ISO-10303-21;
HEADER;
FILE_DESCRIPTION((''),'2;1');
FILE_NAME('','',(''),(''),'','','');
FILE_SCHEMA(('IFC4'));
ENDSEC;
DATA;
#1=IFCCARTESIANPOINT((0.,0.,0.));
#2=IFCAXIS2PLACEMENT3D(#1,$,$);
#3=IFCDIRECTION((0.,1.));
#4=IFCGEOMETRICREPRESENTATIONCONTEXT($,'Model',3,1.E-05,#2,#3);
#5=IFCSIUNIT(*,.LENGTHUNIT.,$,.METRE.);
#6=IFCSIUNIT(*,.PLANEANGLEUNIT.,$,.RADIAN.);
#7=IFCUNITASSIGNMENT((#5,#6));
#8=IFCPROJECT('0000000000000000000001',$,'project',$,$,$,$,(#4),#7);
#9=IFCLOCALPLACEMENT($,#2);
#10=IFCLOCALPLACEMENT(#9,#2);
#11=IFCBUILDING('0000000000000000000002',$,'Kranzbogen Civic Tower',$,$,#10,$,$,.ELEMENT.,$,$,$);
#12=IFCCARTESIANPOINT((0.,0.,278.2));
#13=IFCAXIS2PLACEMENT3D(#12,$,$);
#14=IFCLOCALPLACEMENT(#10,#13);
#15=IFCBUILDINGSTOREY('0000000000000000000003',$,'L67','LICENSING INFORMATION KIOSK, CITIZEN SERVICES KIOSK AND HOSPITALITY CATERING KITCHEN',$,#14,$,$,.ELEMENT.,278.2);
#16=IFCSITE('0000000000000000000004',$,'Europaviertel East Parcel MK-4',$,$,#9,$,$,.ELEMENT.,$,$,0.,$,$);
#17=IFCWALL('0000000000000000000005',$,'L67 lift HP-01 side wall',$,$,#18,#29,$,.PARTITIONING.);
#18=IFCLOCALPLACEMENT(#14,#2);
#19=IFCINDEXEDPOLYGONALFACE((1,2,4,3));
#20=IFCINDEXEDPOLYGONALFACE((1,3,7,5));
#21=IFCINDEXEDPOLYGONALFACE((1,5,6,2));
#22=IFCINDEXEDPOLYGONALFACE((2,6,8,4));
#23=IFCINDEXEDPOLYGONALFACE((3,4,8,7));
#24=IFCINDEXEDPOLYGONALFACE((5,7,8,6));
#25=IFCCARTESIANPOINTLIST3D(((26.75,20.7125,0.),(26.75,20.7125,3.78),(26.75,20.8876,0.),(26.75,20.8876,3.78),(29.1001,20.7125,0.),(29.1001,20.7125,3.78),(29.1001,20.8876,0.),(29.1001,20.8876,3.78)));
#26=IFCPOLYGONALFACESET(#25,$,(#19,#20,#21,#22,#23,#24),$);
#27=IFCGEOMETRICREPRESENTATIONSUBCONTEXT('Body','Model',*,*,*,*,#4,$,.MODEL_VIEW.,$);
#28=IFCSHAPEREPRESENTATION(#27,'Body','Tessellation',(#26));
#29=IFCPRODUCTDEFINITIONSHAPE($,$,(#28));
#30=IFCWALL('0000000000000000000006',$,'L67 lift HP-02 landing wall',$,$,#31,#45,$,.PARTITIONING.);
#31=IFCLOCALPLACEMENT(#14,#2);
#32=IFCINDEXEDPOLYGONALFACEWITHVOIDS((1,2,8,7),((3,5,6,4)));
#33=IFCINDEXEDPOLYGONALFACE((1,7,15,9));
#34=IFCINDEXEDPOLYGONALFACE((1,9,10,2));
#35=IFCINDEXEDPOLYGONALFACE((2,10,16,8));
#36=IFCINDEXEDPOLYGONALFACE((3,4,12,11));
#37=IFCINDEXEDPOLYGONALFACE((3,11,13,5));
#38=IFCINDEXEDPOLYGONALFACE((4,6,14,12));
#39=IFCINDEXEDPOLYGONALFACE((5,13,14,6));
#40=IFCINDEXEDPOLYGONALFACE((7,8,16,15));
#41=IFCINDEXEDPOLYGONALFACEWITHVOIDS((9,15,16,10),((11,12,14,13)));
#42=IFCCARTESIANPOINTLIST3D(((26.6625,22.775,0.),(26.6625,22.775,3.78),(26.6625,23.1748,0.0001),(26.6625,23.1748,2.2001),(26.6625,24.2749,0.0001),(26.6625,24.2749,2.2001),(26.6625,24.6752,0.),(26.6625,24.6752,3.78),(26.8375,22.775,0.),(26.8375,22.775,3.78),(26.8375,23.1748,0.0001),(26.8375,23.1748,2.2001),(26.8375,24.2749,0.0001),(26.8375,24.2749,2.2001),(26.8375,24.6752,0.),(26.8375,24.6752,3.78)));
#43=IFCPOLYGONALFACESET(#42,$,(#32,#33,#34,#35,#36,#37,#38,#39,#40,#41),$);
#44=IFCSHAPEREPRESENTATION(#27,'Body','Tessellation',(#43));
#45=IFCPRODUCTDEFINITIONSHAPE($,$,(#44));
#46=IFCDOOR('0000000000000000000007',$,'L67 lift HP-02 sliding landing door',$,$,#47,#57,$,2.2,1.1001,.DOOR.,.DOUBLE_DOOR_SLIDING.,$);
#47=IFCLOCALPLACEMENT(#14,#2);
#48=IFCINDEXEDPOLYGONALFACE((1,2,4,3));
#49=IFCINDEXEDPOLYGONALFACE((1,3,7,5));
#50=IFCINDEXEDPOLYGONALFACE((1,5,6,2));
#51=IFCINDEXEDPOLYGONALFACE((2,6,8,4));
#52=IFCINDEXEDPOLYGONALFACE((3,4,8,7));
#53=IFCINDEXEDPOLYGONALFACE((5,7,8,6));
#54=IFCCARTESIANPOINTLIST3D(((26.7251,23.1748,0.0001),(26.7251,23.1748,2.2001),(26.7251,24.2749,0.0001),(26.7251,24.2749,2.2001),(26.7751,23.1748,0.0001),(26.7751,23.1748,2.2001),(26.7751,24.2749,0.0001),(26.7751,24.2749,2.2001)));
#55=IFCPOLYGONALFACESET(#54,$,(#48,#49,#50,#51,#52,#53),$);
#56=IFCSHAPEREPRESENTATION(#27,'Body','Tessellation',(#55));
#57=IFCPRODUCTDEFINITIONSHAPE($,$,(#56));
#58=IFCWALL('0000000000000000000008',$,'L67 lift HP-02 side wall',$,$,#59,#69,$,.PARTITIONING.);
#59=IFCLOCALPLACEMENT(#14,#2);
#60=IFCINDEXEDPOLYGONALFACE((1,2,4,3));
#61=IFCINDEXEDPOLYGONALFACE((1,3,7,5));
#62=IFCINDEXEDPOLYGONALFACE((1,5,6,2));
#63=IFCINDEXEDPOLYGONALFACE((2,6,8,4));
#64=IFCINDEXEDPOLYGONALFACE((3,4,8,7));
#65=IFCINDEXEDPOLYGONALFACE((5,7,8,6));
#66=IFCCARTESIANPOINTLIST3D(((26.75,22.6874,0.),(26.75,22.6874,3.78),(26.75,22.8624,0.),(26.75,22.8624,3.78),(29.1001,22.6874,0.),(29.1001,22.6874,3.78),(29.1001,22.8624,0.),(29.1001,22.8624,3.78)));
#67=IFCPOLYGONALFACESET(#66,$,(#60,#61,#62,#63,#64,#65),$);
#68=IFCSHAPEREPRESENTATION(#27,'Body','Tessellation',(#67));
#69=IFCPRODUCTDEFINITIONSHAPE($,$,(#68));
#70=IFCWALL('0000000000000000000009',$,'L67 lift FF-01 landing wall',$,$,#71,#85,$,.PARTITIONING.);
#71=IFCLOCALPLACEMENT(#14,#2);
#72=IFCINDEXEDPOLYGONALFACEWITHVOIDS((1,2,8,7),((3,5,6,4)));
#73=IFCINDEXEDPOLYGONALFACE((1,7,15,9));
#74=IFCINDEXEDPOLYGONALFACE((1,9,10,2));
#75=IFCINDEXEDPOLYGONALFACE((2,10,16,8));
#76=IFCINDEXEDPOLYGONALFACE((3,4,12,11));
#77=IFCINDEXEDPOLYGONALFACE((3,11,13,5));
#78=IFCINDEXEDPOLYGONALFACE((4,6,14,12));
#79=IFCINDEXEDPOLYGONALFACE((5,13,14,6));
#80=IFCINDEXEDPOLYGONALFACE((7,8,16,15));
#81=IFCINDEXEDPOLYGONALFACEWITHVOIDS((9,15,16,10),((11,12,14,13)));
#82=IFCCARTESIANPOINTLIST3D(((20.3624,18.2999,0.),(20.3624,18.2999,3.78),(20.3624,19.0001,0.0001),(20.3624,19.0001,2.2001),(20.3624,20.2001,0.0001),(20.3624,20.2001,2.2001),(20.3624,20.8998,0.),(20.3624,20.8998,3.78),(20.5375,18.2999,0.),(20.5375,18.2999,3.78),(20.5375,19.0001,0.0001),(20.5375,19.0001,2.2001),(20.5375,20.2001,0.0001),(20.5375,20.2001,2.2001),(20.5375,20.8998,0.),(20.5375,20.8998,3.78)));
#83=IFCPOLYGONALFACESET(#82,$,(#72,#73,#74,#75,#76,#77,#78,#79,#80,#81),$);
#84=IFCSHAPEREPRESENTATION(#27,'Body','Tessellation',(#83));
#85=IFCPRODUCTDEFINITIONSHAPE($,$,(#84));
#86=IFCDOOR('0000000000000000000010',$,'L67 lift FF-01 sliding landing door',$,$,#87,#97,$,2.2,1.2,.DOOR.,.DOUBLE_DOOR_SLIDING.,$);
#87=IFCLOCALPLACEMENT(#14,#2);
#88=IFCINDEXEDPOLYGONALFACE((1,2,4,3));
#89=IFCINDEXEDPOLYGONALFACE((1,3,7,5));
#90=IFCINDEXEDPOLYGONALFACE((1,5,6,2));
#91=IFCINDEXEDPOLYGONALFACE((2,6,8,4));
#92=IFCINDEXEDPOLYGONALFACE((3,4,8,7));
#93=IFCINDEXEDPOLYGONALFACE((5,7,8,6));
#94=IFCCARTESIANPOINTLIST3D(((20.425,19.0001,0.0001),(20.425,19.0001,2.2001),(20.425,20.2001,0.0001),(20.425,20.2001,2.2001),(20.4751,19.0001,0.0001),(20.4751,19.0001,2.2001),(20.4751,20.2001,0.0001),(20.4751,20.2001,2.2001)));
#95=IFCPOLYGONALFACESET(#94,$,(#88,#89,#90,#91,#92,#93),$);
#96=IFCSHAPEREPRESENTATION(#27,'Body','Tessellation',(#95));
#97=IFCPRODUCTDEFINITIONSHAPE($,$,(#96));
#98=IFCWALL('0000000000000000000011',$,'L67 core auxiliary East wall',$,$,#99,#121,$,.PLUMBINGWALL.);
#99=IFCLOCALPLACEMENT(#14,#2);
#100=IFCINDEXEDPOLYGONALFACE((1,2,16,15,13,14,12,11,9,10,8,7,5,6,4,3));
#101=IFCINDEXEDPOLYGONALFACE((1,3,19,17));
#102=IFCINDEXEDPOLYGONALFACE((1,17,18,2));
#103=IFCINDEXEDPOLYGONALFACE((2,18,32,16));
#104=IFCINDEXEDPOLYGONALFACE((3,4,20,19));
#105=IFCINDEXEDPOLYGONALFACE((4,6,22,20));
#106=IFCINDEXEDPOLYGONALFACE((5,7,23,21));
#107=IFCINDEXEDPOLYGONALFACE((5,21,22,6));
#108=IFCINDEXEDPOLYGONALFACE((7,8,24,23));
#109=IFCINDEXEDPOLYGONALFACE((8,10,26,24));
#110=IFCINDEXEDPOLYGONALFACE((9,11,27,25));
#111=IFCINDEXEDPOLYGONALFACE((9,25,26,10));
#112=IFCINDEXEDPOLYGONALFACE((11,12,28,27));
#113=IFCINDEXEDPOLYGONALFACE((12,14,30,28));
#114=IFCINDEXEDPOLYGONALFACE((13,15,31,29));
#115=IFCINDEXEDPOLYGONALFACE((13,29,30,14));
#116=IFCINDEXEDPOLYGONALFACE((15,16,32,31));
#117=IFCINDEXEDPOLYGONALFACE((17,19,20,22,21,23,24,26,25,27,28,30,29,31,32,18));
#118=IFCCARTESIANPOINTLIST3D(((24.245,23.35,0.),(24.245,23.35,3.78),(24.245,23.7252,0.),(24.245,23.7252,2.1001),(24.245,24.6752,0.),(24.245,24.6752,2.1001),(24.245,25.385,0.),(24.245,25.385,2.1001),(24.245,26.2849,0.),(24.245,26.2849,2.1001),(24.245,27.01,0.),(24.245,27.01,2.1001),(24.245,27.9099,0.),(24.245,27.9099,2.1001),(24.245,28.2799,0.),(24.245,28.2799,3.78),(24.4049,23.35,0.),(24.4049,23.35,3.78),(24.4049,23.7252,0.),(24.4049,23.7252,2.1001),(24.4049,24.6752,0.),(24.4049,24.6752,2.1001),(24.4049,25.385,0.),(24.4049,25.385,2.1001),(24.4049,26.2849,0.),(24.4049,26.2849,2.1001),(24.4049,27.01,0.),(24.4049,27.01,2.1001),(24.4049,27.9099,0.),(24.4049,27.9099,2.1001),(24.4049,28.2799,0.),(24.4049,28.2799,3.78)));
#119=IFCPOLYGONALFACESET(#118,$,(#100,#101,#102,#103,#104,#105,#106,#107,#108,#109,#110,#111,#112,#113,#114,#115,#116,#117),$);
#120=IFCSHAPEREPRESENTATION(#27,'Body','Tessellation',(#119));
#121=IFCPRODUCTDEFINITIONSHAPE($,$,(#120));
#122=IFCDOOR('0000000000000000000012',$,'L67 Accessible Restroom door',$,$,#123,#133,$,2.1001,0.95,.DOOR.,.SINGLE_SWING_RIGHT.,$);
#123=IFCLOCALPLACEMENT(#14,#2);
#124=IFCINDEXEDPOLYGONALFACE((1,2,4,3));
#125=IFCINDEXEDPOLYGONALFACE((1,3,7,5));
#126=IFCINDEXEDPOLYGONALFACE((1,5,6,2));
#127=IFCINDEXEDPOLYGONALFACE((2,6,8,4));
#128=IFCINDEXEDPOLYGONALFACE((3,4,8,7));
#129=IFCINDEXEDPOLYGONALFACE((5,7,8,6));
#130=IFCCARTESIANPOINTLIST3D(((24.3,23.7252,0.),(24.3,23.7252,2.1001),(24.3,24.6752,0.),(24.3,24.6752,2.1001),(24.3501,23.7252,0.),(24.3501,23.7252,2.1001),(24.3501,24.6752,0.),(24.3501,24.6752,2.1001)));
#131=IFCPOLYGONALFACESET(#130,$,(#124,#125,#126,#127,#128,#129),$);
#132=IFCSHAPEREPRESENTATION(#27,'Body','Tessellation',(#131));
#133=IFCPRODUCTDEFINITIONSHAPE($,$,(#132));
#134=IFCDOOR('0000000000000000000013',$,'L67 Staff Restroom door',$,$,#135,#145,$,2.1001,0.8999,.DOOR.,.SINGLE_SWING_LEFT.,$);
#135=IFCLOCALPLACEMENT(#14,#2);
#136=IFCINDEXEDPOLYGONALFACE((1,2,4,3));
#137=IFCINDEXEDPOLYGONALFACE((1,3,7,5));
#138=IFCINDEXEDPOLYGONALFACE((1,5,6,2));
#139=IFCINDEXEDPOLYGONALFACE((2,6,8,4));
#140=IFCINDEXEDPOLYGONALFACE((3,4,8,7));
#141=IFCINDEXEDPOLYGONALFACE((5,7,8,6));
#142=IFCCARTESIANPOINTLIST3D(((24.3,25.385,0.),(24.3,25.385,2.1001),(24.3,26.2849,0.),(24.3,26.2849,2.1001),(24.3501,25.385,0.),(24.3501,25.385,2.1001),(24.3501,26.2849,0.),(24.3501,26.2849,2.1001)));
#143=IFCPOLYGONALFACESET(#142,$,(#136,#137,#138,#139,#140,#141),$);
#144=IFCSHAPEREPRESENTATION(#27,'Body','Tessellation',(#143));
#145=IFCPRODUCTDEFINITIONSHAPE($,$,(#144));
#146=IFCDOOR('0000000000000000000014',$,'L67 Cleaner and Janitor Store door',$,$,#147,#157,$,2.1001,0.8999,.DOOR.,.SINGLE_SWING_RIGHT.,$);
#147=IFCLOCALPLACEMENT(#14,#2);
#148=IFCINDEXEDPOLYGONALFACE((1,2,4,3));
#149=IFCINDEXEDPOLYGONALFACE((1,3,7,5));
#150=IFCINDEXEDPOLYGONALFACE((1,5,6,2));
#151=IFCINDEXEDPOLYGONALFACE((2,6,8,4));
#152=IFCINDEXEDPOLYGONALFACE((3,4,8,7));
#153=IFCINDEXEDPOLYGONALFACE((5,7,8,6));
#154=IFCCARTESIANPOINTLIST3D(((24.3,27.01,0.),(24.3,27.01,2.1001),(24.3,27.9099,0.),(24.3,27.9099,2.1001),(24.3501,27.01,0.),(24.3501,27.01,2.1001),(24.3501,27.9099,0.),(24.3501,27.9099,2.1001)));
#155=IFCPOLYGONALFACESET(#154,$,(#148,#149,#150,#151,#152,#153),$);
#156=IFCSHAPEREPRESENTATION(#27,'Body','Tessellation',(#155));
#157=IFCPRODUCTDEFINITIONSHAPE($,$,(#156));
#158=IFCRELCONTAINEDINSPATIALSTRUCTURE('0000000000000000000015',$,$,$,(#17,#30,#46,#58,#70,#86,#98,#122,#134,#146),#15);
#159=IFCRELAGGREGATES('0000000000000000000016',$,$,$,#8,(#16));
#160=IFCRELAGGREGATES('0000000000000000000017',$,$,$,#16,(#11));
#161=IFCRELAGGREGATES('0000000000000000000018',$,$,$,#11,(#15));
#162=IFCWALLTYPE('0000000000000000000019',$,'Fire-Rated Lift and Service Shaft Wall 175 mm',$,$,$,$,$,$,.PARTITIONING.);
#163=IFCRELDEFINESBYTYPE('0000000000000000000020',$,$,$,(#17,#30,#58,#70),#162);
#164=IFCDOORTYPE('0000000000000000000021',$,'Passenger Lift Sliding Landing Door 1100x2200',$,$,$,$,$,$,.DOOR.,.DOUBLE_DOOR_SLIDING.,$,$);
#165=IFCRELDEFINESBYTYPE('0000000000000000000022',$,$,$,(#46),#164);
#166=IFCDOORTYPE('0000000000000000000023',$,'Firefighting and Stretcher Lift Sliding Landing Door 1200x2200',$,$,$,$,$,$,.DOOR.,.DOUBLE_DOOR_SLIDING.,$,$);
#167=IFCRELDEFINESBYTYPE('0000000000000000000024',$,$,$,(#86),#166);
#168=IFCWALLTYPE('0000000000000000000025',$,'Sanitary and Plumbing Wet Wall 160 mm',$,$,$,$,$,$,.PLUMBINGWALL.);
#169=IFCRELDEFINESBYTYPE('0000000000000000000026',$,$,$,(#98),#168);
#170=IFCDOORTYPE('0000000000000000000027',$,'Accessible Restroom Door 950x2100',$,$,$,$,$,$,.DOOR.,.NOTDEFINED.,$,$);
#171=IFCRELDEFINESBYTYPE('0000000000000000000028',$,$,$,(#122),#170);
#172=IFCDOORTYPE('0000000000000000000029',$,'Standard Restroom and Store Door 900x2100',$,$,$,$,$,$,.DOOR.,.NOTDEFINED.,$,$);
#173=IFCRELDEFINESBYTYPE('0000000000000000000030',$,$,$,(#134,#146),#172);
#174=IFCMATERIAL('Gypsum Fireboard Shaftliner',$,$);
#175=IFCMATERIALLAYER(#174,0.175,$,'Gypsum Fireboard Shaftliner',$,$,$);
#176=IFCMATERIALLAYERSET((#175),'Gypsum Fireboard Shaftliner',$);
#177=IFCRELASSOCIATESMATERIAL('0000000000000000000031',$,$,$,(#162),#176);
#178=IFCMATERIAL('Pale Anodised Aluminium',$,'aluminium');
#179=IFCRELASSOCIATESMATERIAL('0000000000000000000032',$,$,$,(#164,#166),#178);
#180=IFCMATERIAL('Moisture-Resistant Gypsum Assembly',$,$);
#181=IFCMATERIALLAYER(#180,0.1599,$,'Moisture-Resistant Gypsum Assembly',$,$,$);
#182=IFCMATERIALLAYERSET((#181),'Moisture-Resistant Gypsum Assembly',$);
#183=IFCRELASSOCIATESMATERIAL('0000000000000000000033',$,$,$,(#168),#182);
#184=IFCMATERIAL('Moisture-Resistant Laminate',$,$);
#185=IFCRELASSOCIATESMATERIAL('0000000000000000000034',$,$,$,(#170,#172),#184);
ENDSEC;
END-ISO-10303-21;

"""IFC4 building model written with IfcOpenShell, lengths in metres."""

from ifc_helpers import new_model, si_unit, direction, frame, frame_2d, origin, place, context, subcontext, project, spatial, rectangle, extrude, material, layer, layer_set, type_object, element, fill, save


model = new_model("IFC4")

# Units and contexts
model_context = context("Model", 3, precision=1e-05, world=origin(), true_north=direction((0.0, 1.0)))
body_context = subcontext(model_context, "Body", "Model", "MODEL_VIEW")
ifc_project = project(units=[si_unit("LENGTHUNIT", "METRE"), si_unit("PLANEANGLEUNIT", "RADIAN")], contexts=[model_context])

# Site, building, storey
site_placement = place(None, origin())
site = spatial("IfcSite", under=ifc_project, at=site_placement, Name="Europaviertel East Parcel MK-4", CompositionType="ELEMENT", RefElevation=0.0)
building_placement = place(site_placement, origin())
building = spatial("IfcBuilding", under=site, at=building_placement, Name="Kranzbogen Civic Tower", CompositionType="ELEMENT")
storey_placement = place(building_placement, frame((0.0, 0.0, 278.2)))
storey = spatial("IfcBuildingStorey", under=building, at=storey_placement, Name="L67", Description="LICENSING INFORMATION KIOSK, CITIZEN SERVICES KIOSK AND HOSPITALITY CATERING KITCHEN", CompositionType="ELEMENT", Elevation=278.2)

# Shared definitions
ifc_material_1 = material(Name="Gypsum Fireboard Shaftliner")
ifc_layer_1 = layer(ifc_material_1, 0.175, Name="Gypsum Fireboard Shaftliner")
ifc_layer_set_1 = layer_set([ifc_layer_1], Name="Gypsum Fireboard Shaftliner")
wall_type_1 = type_object("IfcWallType", Name="Fire-Rated Lift and Service Shaft Wall 175 mm", PredefinedType="PARTITIONING", material=ifc_layer_set_1)
ifc_material_2 = material(Name="Pale Anodised Aluminium", Category="aluminium")
door_type_1 = type_object("IfcDoorType", Name="Passenger Lift Sliding Landing Door 1100x2200", OperationType="DOUBLE_DOOR_SLIDING", PredefinedType="DOOR", material=ifc_material_2)

# Wall
wall_1_placement = place(storey_placement, frame((26.75, 20.8, 0.0), z_axis=(0.0, 0.0, 1.0), x_axis=(1.0, 0.0, 0.0)))
element("IfcWall", 1, at=wall_1_placement, inside=storey, type_object=wall_type_1, Name="L67 lift HP-01 side wall", PredefinedType="PARTITIONING", context=body_context, shape_type="SweptSolid", body=[
    extrude(rectangle(XDim=2.3501, YDim=0.175, at=frame_2d((1.175, 0.0))), origin(), (0.0, 0.0, 1.0), 3.78),
])

# Wall, opening, door
wall_2_placement = place(storey_placement, frame((26.75, 22.7749, 0.0), z_axis=(0.0, 0.0, 1.0), x_axis=(0.0, 1.0, 0.0)))
wall_2 = element("IfcWall", 2, at=wall_2_placement, inside=storey, type_object=wall_type_1, Name="L67 lift HP-02 landing wall", PredefinedType="PARTITIONING", context=body_context, shape_type="SweptSolid", body=[
    extrude(rectangle(XDim=1.9001, YDim=0.175, at=frame_2d((0.9502, 0.0))), origin(), (0.0, 0.0, 1.0), 3.78),
])
opening_1_placement = place(wall_2_placement, frame((0.3999, 0.0, 0.0)))
opening_1 = element("IfcOpeningElement", 3, at=opening_1_placement, cuts=wall_2, PredefinedType="OPENING", context=body_context, shape_type="SweptSolid", body=[
    extrude(rectangle(XDim=1.1001, YDim=2.2, at=frame_2d((0.55, 1.1001))), frame((0.0, 0.0977, 0.0), z_axis=(0.0, -1.0, 0.0), x_axis=(1.0, 0.0, 0.0)), (0.0, 0.0, 1.0), 0.1951),
])
door_1_placement = place(opening_1_placement, origin())
door_1 = element("IfcDoor", 4, at=door_1_placement, inside=storey, type_object=door_type_1, Name="L67 lift HP-02 sliding landing door", OperationType="DOUBLE_DOOR_SLIDING", OverallHeight=2.2, OverallWidth=1.1001, PredefinedType="DOOR", context=body_context, shape_type="SweptSolid", body=[
    extrude(rectangle(XDim=1.1001, YDim=2.2, at=frame_2d((0.55, 1.1001))), frame((0.0, 0.0249, 0.0), z_axis=(0.0, -1.0, 0.0), x_axis=(1.0, 0.0, 0.0)), (0.0, 0.0, 1.0), 0.05),
])
fill(opening_1, door_1)

# Wall
wall_3_placement = place(storey_placement, frame((26.75, 22.7749, 0.0), z_axis=(0.0, 0.0, 1.0), x_axis=(1.0, 0.0, 0.0)))
element("IfcWall", 5, at=wall_3_placement, inside=storey, type_object=wall_type_1, Name="L67 lift HP-02 side wall", PredefinedType="PARTITIONING", context=body_context, shape_type="SweptSolid", body=[
    extrude(rectangle(XDim=2.3501, YDim=0.175, at=frame_2d((1.175, 0.0))), origin(), (0.0, 0.0, 1.0), 3.78),
])

# Wall, opening, door
wall_4_placement = place(storey_placement, frame((20.45, 18.3, 0.0), z_axis=(0.0, 0.0, 1.0), x_axis=(0.0, 1.0, 0.0)))
wall_4 = element("IfcWall", 6, at=wall_4_placement, inside=storey, type_object=wall_type_1, Name="L67 lift FF-01 landing wall", PredefinedType="PARTITIONING", context=body_context, shape_type="SweptSolid", body=[
    extrude(rectangle(XDim=2.5999, YDim=0.175, at=frame_2d((1.2998, 0.0))), origin(), (0.0, 0.0, 1.0), 3.78),
])
opening_2_placement = place(wall_4_placement, frame((0.7, 0.0, 0.0)))
opening_2 = element("IfcOpeningElement", 7, at=opening_2_placement, cuts=wall_4, PredefinedType="OPENING", context=body_context, shape_type="SweptSolid", body=[
    extrude(rectangle(XDim=1.2, YDim=2.2, at=frame_2d((0.6001, 1.1001))), frame((0.0, 0.0977, 0.0), z_axis=(0.0, -1.0, 0.0), x_axis=(1.0, 0.0, 0.0)), (0.0, 0.0, 1.0), 0.1951),
])
door_type_2 = type_object("IfcDoorType", Name="Firefighting and Stretcher Lift Sliding Landing Door 1200x2200", OperationType="DOUBLE_DOOR_SLIDING", PredefinedType="DOOR", material=ifc_material_2)
door_2_placement = place(opening_2_placement, origin())
door_2 = element("IfcDoor", 8, at=door_2_placement, inside=storey, type_object=door_type_2, Name="L67 lift FF-01 sliding landing door", OperationType="DOUBLE_DOOR_SLIDING", OverallHeight=2.2, OverallWidth=1.2, PredefinedType="DOOR", context=body_context, shape_type="SweptSolid", body=[
    extrude(rectangle(XDim=1.2, YDim=2.2, at=frame_2d((0.6001, 1.1001))), frame((0.0, 0.0249, 0.0), z_axis=(0.0, -1.0, 0.0), x_axis=(1.0, 0.0, 0.0)), (0.0, 0.0, 1.0), 0.05),
])
fill(opening_2, door_2)

# Wall, openings, doors
ifc_material_3 = material(Name="Moisture-Resistant Gypsum Assembly")
ifc_layer_2 = layer(ifc_material_3, 0.1599, Name="Moisture-Resistant Gypsum Assembly")
ifc_layer_set_2 = layer_set([ifc_layer_2], Name="Moisture-Resistant Gypsum Assembly")
wall_type_2 = type_object("IfcWallType", Name="Sanitary and Plumbing Wet Wall 160 mm", PredefinedType="PLUMBINGWALL", material=ifc_layer_set_2)
wall_5_placement = place(storey_placement, frame((24.325, 23.3501, 0.0), z_axis=(0.0, 0.0, 1.0), x_axis=(0.0, 1.0, 0.0)))
wall_5 = element("IfcWall", 9, at=wall_5_placement, inside=storey, type_object=wall_type_2, Name="L67 core auxiliary East wall", PredefinedType="PLUMBINGWALL", context=body_context, shape_type="SweptSolid", body=[
    extrude(rectangle(XDim=4.9299, YDim=0.1599, at=frame_2d((2.4648, 0.0))), origin(), (0.0, 0.0, 1.0), 3.78),
])
opening_3_placement = place(wall_5_placement, frame((0.375, 0.0, 0.0)))
opening_3 = element("IfcOpeningElement", 10, at=opening_3_placement, cuts=wall_5, PredefinedType="OPENING", context=body_context, shape_type="SweptSolid", body=[
    extrude(rectangle(XDim=0.95, YDim=2.1001, at=frame_2d((0.4751, 1.05))), frame((0.0, 0.0898, 0.0), z_axis=(0.0, -1.0, 0.0), x_axis=(1.0, 0.0, 0.0)), (0.0, 0.0, 1.0), 0.1799),
])
opening_4_placement = place(wall_5_placement, frame((2.0349, 0.0, 0.0)))
opening_4 = element("IfcOpeningElement", 11, at=opening_4_placement, cuts=wall_5, PredefinedType="OPENING", context=body_context, shape_type="SweptSolid", body=[
    extrude(rectangle(XDim=0.8999, YDim=2.1001, at=frame_2d((0.45, 1.05))), frame((0.0, 0.0898, 0.0), z_axis=(0.0, -1.0, 0.0), x_axis=(1.0, 0.0, 0.0)), (0.0, 0.0, 1.0), 0.1799),
])
opening_5_placement = place(wall_5_placement, frame((3.6599, 0.0, 0.0)))
opening_5 = element("IfcOpeningElement", 12, at=opening_5_placement, cuts=wall_5, PredefinedType="OPENING", context=body_context, shape_type="SweptSolid", body=[
    extrude(rectangle(XDim=0.8999, YDim=2.1001, at=frame_2d((0.45, 1.05))), frame((0.0, 0.0898, 0.0), z_axis=(0.0, -1.0, 0.0), x_axis=(1.0, 0.0, 0.0)), (0.0, 0.0, 1.0), 0.1799),
])
ifc_material_4 = material(Name="Moisture-Resistant Laminate")
door_type_3 = type_object("IfcDoorType", Name="Accessible Restroom Door 950x2100", OperationType="NOTDEFINED", PredefinedType="DOOR", material=ifc_material_4)
door_3_placement = place(opening_3_placement, origin())
door_3 = element("IfcDoor", 13, at=door_3_placement, inside=storey, type_object=door_type_3, Name="L67 Accessible Restroom door", OperationType="SINGLE_SWING_RIGHT", OverallHeight=2.1001, OverallWidth=0.95, PredefinedType="DOOR", context=body_context, shape_type="SweptSolid", body=[
    extrude(rectangle(XDim=0.95, YDim=2.1001, at=frame_2d((0.4751, 1.05))), frame((0.0, 0.0249, 0.0), z_axis=(0.0, -1.0, 0.0), x_axis=(1.0, 0.0, 0.0)), (0.0, 0.0, 1.0), 0.05),
])
fill(opening_3, door_3)
door_type_4 = type_object("IfcDoorType", Name="Standard Restroom and Store Door 900x2100", OperationType="NOTDEFINED", PredefinedType="DOOR", material=ifc_material_4)
door_4_placement = place(opening_4_placement, origin())
door_4 = element("IfcDoor", 14, at=door_4_placement, inside=storey, type_object=door_type_4, Name="L67 Staff Restroom door", OperationType="SINGLE_SWING_LEFT", OverallHeight=2.1001, OverallWidth=0.8999, PredefinedType="DOOR", context=body_context, shape_type="SweptSolid", body=[
    extrude(rectangle(XDim=0.8999, YDim=2.1001, at=frame_2d((0.45, 1.05))), frame((0.0, 0.0249, 0.0), z_axis=(0.0, -1.0, 0.0), x_axis=(1.0, 0.0, 0.0)), (0.0, 0.0, 1.0), 0.05),
])
fill(opening_4, door_4)
door_5_placement = place(opening_5_placement, origin())
door_5 = element("IfcDoor", 15, at=door_5_placement, inside=storey, type_object=door_type_4, Name="L67 Cleaner and Janitor Store door", OperationType="SINGLE_SWING_RIGHT", OverallHeight=2.1001, OverallWidth=0.8999, PredefinedType="DOOR", context=body_context, shape_type="SweptSolid", body=[
    extrude(rectangle(XDim=0.8999, YDim=2.1001, at=frame_2d((0.45, 1.05))), frame((0.0, 0.0249, 0.0), z_axis=(0.0, -1.0, 0.0), x_axis=(1.0, 0.0, 0.0)), (0.0, 0.0, 1.0), 0.05),
])
fill(opening_5, door_5)

save(model, "model.ifc")
